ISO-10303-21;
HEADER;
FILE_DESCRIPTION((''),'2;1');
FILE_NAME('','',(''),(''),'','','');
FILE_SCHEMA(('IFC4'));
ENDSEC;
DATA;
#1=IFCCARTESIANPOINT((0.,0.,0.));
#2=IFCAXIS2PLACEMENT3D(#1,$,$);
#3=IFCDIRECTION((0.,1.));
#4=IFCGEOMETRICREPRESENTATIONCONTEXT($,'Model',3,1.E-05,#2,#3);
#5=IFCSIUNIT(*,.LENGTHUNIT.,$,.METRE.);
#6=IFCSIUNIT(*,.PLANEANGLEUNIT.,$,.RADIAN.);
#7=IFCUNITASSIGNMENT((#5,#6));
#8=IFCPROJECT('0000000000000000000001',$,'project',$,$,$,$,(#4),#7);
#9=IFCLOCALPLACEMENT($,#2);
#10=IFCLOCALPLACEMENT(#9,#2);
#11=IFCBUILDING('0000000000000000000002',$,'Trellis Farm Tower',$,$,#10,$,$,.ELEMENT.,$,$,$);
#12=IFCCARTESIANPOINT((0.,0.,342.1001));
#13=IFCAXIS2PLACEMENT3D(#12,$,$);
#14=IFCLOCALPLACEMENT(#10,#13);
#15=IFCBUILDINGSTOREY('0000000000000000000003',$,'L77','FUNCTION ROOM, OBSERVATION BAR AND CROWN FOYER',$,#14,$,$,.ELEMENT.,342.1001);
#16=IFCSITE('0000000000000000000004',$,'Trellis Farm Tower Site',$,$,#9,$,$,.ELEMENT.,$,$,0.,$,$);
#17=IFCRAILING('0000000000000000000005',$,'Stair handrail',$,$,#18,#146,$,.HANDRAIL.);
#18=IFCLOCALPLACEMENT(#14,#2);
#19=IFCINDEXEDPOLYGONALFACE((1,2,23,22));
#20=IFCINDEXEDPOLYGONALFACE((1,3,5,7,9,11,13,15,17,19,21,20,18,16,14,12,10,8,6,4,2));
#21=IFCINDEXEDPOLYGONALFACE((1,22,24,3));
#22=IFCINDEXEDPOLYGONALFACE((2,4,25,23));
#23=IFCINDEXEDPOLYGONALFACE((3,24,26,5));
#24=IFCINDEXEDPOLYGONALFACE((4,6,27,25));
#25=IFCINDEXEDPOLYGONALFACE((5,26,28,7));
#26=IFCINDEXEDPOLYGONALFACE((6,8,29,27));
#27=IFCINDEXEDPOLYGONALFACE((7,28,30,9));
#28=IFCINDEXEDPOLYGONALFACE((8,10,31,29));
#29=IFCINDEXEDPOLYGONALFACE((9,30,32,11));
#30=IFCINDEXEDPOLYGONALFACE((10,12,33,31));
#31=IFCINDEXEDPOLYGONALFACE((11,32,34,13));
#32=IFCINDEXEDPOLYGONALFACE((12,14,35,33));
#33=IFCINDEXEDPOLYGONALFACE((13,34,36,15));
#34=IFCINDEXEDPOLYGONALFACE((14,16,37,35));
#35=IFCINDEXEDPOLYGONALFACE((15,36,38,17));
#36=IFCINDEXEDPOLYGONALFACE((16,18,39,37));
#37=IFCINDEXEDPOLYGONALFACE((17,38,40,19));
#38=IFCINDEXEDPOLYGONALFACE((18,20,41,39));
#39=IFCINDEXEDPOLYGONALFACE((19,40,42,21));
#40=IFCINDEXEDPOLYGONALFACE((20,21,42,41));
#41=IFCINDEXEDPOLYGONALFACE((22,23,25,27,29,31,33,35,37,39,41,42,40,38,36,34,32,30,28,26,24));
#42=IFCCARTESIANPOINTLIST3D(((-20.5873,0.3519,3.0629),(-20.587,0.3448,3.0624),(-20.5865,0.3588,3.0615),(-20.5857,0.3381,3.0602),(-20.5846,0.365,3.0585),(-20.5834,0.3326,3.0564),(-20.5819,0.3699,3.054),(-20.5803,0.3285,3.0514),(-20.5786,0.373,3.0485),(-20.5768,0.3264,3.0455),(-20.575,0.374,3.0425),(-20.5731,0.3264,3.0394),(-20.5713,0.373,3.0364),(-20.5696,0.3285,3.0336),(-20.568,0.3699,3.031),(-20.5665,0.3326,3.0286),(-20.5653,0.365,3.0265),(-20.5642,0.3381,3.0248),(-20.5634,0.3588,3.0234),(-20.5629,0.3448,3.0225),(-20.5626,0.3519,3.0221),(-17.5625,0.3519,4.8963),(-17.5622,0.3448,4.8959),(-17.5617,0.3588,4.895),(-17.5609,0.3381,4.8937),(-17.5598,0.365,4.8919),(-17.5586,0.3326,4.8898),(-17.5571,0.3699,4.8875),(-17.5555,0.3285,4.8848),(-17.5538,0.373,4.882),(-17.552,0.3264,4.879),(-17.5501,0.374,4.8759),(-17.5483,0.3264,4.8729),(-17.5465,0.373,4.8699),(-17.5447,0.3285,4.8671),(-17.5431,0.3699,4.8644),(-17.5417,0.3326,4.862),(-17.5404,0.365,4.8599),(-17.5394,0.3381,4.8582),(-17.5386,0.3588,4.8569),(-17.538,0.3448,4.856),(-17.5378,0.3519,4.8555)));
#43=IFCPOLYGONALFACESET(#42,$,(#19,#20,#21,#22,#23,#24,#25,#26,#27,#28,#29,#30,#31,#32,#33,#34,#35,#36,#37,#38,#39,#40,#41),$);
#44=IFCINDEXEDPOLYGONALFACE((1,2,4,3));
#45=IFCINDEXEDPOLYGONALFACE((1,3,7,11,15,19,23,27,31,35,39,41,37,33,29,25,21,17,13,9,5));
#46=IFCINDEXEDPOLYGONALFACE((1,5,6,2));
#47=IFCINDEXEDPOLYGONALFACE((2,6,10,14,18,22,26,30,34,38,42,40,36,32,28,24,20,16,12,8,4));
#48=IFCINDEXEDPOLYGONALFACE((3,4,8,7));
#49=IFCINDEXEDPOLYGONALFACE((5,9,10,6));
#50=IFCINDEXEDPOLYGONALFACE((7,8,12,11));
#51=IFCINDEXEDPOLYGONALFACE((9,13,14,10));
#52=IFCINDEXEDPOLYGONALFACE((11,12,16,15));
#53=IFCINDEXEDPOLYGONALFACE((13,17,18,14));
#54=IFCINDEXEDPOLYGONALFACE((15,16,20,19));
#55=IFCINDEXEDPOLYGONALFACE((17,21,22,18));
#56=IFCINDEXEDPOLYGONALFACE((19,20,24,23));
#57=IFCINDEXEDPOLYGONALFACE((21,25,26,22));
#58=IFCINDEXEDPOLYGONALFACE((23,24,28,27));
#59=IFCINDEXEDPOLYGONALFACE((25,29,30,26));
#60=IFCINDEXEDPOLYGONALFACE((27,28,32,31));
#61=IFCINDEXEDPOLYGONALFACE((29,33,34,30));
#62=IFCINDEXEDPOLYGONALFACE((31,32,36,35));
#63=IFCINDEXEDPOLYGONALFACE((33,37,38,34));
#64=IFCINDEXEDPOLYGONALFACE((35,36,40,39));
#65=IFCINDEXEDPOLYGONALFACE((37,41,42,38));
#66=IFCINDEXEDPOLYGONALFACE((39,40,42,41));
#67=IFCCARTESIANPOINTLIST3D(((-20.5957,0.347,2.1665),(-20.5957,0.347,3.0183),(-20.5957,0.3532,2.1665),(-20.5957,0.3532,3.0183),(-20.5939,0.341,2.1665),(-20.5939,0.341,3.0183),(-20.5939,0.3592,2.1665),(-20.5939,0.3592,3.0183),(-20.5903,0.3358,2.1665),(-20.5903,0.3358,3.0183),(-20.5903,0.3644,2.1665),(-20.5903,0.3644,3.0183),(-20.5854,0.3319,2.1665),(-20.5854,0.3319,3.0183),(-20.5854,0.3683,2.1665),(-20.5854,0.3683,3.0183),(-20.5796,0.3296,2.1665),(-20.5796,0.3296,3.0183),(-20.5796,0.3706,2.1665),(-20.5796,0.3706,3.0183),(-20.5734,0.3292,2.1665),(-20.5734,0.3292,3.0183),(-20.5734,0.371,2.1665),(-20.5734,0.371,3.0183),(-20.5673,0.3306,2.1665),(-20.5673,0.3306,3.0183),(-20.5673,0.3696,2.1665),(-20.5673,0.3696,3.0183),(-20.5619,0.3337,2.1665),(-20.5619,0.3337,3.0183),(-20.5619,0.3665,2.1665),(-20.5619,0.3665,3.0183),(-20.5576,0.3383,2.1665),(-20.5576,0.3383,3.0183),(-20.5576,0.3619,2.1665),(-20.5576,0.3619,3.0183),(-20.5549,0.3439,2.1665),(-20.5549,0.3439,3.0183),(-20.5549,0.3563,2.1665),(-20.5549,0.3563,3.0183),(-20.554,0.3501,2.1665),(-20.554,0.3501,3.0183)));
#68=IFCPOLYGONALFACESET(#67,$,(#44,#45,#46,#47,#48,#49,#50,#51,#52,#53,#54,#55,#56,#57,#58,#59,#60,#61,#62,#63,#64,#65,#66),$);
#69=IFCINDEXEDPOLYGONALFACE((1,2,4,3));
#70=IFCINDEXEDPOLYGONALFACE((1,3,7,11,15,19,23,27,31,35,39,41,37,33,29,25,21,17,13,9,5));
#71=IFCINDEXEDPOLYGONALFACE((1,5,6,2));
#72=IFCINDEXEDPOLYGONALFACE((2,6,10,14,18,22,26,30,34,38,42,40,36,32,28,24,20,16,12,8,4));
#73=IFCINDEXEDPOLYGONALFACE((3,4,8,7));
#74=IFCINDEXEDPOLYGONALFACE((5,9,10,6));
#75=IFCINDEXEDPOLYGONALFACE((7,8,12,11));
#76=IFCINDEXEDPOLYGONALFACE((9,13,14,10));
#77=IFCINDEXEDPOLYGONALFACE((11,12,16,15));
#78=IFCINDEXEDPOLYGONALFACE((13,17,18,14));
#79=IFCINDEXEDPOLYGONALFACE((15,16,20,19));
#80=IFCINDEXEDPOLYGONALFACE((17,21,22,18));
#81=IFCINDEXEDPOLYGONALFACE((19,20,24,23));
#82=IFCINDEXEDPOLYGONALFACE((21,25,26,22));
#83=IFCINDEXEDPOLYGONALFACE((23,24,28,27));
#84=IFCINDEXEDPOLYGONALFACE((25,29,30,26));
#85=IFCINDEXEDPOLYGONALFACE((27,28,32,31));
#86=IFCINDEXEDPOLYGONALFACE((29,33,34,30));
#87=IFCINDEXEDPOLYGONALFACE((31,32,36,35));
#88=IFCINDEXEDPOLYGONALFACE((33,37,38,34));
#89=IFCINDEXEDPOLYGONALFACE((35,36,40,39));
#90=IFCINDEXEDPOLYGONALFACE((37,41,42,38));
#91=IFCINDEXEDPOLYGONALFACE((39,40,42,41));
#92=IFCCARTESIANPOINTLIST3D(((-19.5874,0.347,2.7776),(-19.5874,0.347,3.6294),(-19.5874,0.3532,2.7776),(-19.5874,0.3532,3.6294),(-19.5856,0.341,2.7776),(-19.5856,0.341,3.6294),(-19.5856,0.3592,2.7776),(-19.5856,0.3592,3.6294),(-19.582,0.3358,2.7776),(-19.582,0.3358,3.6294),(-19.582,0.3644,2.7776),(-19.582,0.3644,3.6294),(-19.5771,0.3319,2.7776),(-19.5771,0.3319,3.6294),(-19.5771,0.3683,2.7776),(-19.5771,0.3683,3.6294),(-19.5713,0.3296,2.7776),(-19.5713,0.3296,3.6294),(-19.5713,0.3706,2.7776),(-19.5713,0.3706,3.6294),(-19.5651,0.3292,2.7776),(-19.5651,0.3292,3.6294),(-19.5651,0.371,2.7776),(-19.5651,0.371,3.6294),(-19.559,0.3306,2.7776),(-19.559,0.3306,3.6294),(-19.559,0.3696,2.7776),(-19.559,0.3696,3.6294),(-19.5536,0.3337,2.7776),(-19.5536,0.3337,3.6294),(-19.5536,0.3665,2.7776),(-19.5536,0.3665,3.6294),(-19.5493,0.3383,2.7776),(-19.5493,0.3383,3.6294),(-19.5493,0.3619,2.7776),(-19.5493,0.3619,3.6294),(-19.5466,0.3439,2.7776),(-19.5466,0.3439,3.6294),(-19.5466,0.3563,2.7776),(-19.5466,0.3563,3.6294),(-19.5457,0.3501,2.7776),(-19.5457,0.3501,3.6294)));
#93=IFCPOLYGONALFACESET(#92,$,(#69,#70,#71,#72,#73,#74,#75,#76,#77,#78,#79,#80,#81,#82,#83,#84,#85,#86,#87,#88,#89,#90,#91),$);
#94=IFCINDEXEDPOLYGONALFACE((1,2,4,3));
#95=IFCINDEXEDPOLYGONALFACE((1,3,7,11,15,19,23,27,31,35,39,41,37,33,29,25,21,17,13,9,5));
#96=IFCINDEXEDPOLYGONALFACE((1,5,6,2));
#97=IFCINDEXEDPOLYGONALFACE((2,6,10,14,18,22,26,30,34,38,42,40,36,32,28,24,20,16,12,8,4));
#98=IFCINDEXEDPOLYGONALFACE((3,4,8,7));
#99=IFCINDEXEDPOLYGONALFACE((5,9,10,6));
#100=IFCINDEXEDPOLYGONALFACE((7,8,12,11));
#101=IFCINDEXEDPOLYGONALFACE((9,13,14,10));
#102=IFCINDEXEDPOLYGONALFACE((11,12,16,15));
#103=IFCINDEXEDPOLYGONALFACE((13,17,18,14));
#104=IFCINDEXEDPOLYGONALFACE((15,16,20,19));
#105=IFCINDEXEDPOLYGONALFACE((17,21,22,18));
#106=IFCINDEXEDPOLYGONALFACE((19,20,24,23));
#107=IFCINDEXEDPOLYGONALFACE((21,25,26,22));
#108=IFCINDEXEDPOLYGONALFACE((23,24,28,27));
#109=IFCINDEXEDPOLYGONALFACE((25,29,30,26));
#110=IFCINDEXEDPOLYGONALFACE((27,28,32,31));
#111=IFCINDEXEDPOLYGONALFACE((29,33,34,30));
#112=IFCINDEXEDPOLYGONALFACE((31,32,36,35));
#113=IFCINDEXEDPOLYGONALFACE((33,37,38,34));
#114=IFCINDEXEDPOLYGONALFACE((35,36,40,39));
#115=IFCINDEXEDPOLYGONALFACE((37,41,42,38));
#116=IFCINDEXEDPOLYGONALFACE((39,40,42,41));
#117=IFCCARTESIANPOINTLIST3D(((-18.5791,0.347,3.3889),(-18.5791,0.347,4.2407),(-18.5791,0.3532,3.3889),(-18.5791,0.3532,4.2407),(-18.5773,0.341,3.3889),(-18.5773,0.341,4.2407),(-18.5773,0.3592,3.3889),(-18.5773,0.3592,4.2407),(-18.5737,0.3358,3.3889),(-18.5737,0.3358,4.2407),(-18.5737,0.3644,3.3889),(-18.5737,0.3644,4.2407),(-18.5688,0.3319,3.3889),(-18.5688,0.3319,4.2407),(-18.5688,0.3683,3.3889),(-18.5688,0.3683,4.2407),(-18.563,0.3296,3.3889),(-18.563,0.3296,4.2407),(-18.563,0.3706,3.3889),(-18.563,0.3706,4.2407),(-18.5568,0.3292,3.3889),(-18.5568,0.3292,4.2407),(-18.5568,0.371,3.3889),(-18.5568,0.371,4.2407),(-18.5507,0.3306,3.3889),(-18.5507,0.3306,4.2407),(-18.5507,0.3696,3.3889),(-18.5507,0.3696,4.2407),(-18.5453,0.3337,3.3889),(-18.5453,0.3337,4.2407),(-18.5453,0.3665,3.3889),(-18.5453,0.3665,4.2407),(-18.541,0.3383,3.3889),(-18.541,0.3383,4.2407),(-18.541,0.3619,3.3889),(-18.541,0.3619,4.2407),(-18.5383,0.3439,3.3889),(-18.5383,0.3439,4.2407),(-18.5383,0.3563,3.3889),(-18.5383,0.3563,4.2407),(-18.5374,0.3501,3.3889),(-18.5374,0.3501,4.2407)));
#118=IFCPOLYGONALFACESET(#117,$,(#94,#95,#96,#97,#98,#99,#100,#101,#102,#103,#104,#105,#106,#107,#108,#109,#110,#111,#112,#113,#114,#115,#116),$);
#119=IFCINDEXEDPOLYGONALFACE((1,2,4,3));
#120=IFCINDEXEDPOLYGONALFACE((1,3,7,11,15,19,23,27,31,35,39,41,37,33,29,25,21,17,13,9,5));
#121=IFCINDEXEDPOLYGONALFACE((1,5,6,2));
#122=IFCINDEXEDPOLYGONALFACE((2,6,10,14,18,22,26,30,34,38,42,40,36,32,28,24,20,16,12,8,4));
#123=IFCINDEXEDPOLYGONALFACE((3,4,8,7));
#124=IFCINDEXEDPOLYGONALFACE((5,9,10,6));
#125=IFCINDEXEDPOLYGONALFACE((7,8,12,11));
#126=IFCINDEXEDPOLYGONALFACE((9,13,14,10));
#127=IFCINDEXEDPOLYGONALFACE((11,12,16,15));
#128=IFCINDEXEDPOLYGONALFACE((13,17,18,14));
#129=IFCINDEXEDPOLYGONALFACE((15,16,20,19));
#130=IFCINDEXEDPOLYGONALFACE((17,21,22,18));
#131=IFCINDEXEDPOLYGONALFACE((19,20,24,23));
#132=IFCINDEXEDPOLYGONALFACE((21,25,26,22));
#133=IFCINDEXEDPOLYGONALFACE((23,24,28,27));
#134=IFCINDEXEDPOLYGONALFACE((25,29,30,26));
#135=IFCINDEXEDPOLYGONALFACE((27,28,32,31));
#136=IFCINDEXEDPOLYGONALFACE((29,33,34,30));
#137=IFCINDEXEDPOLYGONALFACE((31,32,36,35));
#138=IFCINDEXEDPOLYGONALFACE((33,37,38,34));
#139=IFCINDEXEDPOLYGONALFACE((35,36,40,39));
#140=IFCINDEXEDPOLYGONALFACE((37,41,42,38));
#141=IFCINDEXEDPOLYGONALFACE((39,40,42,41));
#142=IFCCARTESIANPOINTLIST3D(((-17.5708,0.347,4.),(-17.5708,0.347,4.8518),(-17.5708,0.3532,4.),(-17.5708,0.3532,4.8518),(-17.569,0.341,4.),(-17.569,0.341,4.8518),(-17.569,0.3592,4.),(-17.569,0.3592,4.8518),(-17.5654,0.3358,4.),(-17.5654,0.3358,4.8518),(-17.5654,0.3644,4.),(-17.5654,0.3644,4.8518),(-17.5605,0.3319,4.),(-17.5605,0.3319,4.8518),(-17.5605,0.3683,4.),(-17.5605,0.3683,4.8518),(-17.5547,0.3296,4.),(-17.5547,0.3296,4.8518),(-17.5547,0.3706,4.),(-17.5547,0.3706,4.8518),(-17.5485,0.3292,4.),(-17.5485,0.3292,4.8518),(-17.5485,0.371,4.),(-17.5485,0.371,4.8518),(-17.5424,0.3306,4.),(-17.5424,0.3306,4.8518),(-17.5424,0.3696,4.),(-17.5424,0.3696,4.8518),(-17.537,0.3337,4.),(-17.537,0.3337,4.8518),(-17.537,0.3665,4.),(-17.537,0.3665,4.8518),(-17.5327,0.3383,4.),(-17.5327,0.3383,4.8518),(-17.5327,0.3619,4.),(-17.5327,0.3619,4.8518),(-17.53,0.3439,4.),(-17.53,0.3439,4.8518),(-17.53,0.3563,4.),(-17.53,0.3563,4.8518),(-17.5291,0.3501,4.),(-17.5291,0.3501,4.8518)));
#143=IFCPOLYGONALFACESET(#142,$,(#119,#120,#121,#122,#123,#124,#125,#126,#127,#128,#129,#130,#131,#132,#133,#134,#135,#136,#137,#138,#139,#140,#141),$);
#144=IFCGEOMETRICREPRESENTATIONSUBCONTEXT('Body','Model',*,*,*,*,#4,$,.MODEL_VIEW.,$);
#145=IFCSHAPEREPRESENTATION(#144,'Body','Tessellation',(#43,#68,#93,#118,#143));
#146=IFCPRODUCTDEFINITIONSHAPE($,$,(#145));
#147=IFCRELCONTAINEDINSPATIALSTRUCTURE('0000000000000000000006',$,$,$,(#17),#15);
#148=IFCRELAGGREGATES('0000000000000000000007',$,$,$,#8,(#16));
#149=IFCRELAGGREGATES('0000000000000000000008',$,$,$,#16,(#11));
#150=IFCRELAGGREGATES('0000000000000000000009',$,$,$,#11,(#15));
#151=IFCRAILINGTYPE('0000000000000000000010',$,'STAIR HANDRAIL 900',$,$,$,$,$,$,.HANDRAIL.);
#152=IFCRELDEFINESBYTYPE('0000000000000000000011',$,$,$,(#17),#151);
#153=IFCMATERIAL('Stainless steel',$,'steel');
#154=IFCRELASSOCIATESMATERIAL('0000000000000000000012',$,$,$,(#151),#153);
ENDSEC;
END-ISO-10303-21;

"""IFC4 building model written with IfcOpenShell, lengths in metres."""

from ifc_helpers import new_model, si_unit, direction, frame, origin, origin_2d, place, context, subcontext, project, spatial, circle, extrude, source, transform, mapped, material, type_object, element, save


model = new_model("IFC4")

# Units and contexts
model_context = context("Model", 3, precision=1e-05, world=origin(), true_north=direction((0.0, 1.0)))
body_context = subcontext(model_context, "Body", "Model", "MODEL_VIEW")
ifc_project = project(units=[si_unit("LENGTHUNIT", "METRE"), si_unit("PLANEANGLEUNIT", "RADIAN")], contexts=[model_context])

# Site, building, storey
site_placement = place(None, origin())
site = spatial("IfcSite", under=ifc_project, at=site_placement, Name="Trellis Farm Tower Site", CompositionType="ELEMENT", RefElevation=0.0)
building_placement = place(site_placement, origin())
building = spatial("IfcBuilding", under=site, at=building_placement, Name="Trellis Farm Tower", CompositionType="ELEMENT")
storey_placement = place(building_placement, frame((0.0, 0.0, 342.1001)))
storey = spatial("IfcBuildingStorey", under=building, at=storey_placement, Name="L77", Description="FUNCTION ROOM, OBSERVATION BAR AND CROWN FOYER", CompositionType="ELEMENT", Elevation=342.1001)

# Railing
ifc_material_1 = material(Name="Stainless steel", Category="steel")
railing_type = type_object("IfcRailingType", Name="STAIR HANDRAIL 900", PredefinedType="HANDRAIL", material=ifc_material_1)
shared_shape_1 = source(origin(), body_context, "Body", "SweptSolid", [
    extrude(circle(Radius=0.0239, at=origin_2d()), frame((0.0, 0.0, 0.876), z_axis=(0.85517, 0.0, 0.518348), x_axis=(0.0, 1.0, 0.0)), (0.0, 0.0, 1.0), 3.5371),
    extrude(circle(Radius=0.021, at=origin_2d()), origin(), (0.0, 0.0, 1.0), 0.8518),
    extrude(circle(Radius=0.021, at=origin_2d()), frame((1.0083, 0.0, 0.6111)), (0.0, 0.0, 1.0), 0.8518),
    extrude(circle(Radius=0.021, at=origin_2d()), frame((2.0166, 0.0, 1.2224)), (0.0, 0.0, 1.0), 0.8518),
    extrude(circle(Radius=0.021, at=origin_2d()), frame((3.0249, 0.0, 1.8335)), (0.0, 0.0, 1.0), 0.8518),
])
for number, where, name in (
    (1, (-20.575, 0.3501, 2.1665), "Stair handrail"),
):
    element("IfcRailing", number, at=place(storey_placement, frame(where)), inside=storey, type_object=railing_type, Name=name, PredefinedType="HANDRAIL", context=body_context, shape_type="MappedRepresentation", body=[
        mapped(shared_shape_1, transform((0.0, 0.0, 0.0))),
    ])

save(model, "model.ifc")
